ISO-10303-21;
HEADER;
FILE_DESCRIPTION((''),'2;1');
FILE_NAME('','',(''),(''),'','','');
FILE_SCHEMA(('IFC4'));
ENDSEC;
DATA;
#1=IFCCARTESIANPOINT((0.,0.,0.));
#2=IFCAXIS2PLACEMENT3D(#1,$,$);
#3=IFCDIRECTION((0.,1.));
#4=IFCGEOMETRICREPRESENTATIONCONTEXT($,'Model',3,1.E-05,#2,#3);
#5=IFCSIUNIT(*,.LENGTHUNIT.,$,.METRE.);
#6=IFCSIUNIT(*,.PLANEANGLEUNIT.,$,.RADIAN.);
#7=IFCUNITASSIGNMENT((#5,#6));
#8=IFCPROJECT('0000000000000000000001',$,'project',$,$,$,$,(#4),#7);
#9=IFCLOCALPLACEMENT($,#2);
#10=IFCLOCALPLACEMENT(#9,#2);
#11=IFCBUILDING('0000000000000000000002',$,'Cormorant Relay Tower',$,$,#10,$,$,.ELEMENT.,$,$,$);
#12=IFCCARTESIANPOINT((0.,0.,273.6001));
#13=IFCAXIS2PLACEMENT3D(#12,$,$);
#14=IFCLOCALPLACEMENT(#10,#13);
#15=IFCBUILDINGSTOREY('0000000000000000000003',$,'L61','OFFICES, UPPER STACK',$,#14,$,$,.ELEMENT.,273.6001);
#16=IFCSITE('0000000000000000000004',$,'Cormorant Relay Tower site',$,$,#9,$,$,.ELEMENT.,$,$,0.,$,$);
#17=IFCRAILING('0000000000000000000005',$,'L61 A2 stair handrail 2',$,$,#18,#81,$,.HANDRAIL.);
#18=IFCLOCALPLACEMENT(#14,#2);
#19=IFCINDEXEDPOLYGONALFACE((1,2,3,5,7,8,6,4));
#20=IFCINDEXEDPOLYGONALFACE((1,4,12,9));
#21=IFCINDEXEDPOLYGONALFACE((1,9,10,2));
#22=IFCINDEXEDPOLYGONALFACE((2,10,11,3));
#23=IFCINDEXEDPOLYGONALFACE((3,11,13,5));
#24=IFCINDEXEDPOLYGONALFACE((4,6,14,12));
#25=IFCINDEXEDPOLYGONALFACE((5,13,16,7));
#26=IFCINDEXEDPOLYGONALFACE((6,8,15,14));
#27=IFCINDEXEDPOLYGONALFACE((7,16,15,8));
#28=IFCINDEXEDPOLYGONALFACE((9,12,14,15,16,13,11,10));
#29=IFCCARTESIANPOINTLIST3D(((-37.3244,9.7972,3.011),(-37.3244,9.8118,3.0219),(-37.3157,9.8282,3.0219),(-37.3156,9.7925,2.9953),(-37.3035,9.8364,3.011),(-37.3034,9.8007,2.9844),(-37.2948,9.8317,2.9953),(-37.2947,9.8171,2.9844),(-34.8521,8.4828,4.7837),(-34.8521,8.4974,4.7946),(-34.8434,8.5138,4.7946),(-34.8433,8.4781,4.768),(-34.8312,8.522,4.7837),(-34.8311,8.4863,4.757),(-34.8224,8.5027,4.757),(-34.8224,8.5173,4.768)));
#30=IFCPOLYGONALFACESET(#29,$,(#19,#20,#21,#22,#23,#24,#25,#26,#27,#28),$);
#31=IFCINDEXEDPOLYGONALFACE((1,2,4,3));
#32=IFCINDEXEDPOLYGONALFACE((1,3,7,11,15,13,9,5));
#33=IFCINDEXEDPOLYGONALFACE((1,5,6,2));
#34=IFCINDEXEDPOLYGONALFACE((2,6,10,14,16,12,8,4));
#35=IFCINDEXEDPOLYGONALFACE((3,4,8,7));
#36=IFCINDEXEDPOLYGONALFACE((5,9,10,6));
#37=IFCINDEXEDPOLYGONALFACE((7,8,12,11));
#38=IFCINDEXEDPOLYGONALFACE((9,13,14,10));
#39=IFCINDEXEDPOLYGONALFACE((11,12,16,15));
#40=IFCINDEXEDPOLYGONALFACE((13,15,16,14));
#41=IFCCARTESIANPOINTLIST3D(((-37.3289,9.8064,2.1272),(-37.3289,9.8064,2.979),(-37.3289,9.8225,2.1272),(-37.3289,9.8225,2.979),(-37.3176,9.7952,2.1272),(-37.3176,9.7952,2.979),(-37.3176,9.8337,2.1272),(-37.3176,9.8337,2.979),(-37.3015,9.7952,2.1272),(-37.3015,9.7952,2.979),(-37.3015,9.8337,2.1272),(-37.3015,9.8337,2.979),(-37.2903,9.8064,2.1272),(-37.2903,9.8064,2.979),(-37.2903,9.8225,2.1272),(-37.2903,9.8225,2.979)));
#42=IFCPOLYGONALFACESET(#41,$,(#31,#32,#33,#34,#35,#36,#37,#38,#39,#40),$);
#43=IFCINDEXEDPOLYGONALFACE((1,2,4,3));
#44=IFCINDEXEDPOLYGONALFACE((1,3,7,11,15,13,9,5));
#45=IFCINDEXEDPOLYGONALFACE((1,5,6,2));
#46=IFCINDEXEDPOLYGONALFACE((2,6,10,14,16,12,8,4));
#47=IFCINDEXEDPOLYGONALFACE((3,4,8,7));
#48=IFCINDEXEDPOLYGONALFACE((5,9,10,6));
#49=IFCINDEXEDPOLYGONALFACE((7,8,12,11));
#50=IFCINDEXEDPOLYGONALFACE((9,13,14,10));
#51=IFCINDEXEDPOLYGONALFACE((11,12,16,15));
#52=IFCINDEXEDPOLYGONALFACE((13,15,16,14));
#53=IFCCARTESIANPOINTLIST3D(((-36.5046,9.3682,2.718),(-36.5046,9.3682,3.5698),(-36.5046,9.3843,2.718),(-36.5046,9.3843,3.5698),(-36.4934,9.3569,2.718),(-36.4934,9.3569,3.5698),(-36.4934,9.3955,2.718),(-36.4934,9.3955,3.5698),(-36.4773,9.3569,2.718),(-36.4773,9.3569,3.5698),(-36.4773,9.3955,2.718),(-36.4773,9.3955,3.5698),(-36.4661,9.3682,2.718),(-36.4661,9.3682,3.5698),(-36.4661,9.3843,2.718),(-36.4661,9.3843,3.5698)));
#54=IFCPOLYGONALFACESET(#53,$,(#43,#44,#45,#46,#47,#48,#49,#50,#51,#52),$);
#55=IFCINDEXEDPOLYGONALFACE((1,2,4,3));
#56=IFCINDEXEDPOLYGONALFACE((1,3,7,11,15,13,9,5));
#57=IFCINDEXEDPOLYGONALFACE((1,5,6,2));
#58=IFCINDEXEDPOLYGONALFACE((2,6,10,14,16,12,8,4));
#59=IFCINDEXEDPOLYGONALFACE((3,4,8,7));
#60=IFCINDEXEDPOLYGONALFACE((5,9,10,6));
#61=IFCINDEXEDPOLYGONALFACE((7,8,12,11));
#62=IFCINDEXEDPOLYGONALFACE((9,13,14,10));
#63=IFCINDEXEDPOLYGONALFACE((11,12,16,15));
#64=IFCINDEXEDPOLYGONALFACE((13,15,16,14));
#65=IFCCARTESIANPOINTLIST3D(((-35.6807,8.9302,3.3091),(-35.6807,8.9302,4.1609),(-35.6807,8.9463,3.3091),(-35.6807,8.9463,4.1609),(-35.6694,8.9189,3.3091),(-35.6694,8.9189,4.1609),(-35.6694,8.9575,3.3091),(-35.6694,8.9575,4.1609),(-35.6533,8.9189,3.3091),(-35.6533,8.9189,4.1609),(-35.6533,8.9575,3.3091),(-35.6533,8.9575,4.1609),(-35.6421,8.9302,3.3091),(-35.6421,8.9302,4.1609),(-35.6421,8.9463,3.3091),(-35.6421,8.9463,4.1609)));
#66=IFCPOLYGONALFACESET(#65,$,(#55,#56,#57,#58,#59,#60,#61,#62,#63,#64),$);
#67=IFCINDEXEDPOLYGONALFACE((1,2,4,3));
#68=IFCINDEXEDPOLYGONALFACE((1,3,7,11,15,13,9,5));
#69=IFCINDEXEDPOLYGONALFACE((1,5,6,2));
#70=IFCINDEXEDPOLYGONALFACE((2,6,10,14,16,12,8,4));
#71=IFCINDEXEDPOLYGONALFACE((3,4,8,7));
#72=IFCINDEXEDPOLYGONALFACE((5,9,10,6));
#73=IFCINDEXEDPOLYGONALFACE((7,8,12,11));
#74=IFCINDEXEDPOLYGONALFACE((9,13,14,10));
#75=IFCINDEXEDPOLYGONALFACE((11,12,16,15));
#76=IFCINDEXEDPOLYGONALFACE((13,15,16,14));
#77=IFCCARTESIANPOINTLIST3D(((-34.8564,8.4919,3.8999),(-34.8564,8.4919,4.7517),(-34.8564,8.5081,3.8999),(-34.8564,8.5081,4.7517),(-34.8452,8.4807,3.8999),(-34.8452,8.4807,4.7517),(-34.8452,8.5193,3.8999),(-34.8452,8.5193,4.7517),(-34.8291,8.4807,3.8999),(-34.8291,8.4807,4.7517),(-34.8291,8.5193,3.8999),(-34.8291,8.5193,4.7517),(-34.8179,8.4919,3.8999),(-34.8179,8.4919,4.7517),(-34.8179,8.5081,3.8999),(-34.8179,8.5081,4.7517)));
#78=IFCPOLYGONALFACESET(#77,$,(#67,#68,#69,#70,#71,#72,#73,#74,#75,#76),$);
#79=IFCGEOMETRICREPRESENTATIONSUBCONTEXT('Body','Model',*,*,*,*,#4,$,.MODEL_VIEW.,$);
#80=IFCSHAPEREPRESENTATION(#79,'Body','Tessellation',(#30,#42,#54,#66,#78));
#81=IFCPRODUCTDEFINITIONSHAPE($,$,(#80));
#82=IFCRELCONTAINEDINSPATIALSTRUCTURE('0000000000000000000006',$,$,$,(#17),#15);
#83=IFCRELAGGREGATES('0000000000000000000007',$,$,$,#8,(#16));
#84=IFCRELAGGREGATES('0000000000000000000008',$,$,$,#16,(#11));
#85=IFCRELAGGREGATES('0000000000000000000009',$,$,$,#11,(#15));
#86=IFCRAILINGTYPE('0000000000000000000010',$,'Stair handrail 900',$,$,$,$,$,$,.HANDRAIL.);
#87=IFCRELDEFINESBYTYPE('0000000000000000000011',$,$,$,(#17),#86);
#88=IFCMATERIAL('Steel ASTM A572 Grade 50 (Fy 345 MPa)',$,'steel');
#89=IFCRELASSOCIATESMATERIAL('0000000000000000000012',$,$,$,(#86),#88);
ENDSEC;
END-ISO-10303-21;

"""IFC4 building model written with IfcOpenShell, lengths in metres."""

from ifc_helpers import new_model, si_unit, direction, frame, origin, place, context, subcontext, project, spatial, polyline, outline, extrude, material, type_object, element, save


model = new_model("IFC4")

# Units and contexts
model_context = context("Model", 3, precision=1e-05, world=origin(), true_north=direction((0.0, 1.0)))
body_context = subcontext(model_context, "Body", "Model", "MODEL_VIEW")
ifc_project = project(units=[si_unit("LENGTHUNIT", "METRE"), si_unit("PLANEANGLEUNIT", "RADIAN")], contexts=[model_context])

# Site, building, storey
site_placement = place(None, origin())
site = spatial("IfcSite", under=ifc_project, at=site_placement, Name="Cormorant Relay Tower site", CompositionType="ELEMENT", RefElevation=0.0)
building_placement = place(site_placement, origin())
building = spatial("IfcBuilding", under=site, at=building_placement, Name="Cormorant Relay Tower", CompositionType="ELEMENT")
storey_placement = place(building_placement, frame((0.0, 0.0, 273.6001)))
storey = spatial("IfcBuildingStorey", under=building, at=storey_placement, Name="L61", Description="OFFICES, UPPER STACK", CompositionType="ELEMENT", Elevation=273.6001)

# Railing
ifc_material_1 = material(Name="Steel ASTM A572 Grade 50 (Fy 345 MPa)", Category="steel")
railing_type_1 = type_object("IfcRailingType", Name="Stair handrail 900", PredefinedType="HANDRAIL", material=ifc_material_1)
railing_1_placement = place(storey_placement, frame((-37.3096, 9.8145, 2.1272)))
element("IfcRailing", 1, at=railing_1_placement, inside=storey, type_object=railing_type_1, Name="L61 A2 stair handrail 2", PredefinedType="HANDRAIL", context=body_context, shape_type="SweptSolid", body=[
    extrude(outline(polyline([(0.0222, 0.0093), (0.0093, 0.0222), (-0.0093, 0.0222), (-0.0222, 0.0093), (-0.0222, -0.0093), (-0.0093, -0.0222), (0.0093, -0.0222), (0.0222, -0.0093), (0.0222, 0.0093)])), frame((0.0, 0.0, 0.876), z_axis=(0.746034, -0.396627, 0.534902), x_axis=(0.469429, 0.88297, 0.0)), (0.0, 0.0, 1.0), 3.314),
    extrude(outline(polyline([(0.0193, 0.0081), (0.0081, 0.0193), (-0.0081, 0.0193), (-0.0193, 0.0081), (-0.0193, -0.0081), (-0.0081, -0.0193), (0.0081, -0.0193), (0.0193, -0.0081), (0.0193, 0.0081)])), origin(), (0.0, 0.0, 1.0), 0.8518),
    extrude(outline(polyline([(0.0193, 0.0081), (0.0081, 0.0193), (-0.0081, 0.0193), (-0.0193, 0.0081), (-0.0193, -0.0081), (-0.0081, -0.0193), (0.0081, -0.0193), (0.0193, -0.0081), (0.0193, 0.0081)])), frame((0.8242, -0.4382, 0.5908)), (0.0, 0.0, 1.0), 0.8518),
    extrude(outline(polyline([(0.0193, 0.0081), (0.0081, 0.0193), (-0.0081, 0.0193), (-0.0193, 0.0081), (-0.0193, -0.0081), (-0.0081, -0.0193), (0.0081, -0.0193), (0.0193, -0.0081), (0.0193, 0.0081)])), frame((1.6482, -0.8762, 1.1819)), (0.0, 0.0, 1.0), 0.8518),
    extrude(outline(polyline([(0.0193, 0.0081), (0.0081, 0.0193), (-0.0081, 0.0193), (-0.0193, 0.0081), (-0.0193, -0.0081), (-0.0081, -0.0193), (0.0081, -0.0193), (0.0193, -0.0081), (0.0193, 0.0081)])), frame((2.4724, -1.3145, 1.7727)), (0.0, 0.0, 1.0), 0.8518),
])

save(model, "model.ifc")
